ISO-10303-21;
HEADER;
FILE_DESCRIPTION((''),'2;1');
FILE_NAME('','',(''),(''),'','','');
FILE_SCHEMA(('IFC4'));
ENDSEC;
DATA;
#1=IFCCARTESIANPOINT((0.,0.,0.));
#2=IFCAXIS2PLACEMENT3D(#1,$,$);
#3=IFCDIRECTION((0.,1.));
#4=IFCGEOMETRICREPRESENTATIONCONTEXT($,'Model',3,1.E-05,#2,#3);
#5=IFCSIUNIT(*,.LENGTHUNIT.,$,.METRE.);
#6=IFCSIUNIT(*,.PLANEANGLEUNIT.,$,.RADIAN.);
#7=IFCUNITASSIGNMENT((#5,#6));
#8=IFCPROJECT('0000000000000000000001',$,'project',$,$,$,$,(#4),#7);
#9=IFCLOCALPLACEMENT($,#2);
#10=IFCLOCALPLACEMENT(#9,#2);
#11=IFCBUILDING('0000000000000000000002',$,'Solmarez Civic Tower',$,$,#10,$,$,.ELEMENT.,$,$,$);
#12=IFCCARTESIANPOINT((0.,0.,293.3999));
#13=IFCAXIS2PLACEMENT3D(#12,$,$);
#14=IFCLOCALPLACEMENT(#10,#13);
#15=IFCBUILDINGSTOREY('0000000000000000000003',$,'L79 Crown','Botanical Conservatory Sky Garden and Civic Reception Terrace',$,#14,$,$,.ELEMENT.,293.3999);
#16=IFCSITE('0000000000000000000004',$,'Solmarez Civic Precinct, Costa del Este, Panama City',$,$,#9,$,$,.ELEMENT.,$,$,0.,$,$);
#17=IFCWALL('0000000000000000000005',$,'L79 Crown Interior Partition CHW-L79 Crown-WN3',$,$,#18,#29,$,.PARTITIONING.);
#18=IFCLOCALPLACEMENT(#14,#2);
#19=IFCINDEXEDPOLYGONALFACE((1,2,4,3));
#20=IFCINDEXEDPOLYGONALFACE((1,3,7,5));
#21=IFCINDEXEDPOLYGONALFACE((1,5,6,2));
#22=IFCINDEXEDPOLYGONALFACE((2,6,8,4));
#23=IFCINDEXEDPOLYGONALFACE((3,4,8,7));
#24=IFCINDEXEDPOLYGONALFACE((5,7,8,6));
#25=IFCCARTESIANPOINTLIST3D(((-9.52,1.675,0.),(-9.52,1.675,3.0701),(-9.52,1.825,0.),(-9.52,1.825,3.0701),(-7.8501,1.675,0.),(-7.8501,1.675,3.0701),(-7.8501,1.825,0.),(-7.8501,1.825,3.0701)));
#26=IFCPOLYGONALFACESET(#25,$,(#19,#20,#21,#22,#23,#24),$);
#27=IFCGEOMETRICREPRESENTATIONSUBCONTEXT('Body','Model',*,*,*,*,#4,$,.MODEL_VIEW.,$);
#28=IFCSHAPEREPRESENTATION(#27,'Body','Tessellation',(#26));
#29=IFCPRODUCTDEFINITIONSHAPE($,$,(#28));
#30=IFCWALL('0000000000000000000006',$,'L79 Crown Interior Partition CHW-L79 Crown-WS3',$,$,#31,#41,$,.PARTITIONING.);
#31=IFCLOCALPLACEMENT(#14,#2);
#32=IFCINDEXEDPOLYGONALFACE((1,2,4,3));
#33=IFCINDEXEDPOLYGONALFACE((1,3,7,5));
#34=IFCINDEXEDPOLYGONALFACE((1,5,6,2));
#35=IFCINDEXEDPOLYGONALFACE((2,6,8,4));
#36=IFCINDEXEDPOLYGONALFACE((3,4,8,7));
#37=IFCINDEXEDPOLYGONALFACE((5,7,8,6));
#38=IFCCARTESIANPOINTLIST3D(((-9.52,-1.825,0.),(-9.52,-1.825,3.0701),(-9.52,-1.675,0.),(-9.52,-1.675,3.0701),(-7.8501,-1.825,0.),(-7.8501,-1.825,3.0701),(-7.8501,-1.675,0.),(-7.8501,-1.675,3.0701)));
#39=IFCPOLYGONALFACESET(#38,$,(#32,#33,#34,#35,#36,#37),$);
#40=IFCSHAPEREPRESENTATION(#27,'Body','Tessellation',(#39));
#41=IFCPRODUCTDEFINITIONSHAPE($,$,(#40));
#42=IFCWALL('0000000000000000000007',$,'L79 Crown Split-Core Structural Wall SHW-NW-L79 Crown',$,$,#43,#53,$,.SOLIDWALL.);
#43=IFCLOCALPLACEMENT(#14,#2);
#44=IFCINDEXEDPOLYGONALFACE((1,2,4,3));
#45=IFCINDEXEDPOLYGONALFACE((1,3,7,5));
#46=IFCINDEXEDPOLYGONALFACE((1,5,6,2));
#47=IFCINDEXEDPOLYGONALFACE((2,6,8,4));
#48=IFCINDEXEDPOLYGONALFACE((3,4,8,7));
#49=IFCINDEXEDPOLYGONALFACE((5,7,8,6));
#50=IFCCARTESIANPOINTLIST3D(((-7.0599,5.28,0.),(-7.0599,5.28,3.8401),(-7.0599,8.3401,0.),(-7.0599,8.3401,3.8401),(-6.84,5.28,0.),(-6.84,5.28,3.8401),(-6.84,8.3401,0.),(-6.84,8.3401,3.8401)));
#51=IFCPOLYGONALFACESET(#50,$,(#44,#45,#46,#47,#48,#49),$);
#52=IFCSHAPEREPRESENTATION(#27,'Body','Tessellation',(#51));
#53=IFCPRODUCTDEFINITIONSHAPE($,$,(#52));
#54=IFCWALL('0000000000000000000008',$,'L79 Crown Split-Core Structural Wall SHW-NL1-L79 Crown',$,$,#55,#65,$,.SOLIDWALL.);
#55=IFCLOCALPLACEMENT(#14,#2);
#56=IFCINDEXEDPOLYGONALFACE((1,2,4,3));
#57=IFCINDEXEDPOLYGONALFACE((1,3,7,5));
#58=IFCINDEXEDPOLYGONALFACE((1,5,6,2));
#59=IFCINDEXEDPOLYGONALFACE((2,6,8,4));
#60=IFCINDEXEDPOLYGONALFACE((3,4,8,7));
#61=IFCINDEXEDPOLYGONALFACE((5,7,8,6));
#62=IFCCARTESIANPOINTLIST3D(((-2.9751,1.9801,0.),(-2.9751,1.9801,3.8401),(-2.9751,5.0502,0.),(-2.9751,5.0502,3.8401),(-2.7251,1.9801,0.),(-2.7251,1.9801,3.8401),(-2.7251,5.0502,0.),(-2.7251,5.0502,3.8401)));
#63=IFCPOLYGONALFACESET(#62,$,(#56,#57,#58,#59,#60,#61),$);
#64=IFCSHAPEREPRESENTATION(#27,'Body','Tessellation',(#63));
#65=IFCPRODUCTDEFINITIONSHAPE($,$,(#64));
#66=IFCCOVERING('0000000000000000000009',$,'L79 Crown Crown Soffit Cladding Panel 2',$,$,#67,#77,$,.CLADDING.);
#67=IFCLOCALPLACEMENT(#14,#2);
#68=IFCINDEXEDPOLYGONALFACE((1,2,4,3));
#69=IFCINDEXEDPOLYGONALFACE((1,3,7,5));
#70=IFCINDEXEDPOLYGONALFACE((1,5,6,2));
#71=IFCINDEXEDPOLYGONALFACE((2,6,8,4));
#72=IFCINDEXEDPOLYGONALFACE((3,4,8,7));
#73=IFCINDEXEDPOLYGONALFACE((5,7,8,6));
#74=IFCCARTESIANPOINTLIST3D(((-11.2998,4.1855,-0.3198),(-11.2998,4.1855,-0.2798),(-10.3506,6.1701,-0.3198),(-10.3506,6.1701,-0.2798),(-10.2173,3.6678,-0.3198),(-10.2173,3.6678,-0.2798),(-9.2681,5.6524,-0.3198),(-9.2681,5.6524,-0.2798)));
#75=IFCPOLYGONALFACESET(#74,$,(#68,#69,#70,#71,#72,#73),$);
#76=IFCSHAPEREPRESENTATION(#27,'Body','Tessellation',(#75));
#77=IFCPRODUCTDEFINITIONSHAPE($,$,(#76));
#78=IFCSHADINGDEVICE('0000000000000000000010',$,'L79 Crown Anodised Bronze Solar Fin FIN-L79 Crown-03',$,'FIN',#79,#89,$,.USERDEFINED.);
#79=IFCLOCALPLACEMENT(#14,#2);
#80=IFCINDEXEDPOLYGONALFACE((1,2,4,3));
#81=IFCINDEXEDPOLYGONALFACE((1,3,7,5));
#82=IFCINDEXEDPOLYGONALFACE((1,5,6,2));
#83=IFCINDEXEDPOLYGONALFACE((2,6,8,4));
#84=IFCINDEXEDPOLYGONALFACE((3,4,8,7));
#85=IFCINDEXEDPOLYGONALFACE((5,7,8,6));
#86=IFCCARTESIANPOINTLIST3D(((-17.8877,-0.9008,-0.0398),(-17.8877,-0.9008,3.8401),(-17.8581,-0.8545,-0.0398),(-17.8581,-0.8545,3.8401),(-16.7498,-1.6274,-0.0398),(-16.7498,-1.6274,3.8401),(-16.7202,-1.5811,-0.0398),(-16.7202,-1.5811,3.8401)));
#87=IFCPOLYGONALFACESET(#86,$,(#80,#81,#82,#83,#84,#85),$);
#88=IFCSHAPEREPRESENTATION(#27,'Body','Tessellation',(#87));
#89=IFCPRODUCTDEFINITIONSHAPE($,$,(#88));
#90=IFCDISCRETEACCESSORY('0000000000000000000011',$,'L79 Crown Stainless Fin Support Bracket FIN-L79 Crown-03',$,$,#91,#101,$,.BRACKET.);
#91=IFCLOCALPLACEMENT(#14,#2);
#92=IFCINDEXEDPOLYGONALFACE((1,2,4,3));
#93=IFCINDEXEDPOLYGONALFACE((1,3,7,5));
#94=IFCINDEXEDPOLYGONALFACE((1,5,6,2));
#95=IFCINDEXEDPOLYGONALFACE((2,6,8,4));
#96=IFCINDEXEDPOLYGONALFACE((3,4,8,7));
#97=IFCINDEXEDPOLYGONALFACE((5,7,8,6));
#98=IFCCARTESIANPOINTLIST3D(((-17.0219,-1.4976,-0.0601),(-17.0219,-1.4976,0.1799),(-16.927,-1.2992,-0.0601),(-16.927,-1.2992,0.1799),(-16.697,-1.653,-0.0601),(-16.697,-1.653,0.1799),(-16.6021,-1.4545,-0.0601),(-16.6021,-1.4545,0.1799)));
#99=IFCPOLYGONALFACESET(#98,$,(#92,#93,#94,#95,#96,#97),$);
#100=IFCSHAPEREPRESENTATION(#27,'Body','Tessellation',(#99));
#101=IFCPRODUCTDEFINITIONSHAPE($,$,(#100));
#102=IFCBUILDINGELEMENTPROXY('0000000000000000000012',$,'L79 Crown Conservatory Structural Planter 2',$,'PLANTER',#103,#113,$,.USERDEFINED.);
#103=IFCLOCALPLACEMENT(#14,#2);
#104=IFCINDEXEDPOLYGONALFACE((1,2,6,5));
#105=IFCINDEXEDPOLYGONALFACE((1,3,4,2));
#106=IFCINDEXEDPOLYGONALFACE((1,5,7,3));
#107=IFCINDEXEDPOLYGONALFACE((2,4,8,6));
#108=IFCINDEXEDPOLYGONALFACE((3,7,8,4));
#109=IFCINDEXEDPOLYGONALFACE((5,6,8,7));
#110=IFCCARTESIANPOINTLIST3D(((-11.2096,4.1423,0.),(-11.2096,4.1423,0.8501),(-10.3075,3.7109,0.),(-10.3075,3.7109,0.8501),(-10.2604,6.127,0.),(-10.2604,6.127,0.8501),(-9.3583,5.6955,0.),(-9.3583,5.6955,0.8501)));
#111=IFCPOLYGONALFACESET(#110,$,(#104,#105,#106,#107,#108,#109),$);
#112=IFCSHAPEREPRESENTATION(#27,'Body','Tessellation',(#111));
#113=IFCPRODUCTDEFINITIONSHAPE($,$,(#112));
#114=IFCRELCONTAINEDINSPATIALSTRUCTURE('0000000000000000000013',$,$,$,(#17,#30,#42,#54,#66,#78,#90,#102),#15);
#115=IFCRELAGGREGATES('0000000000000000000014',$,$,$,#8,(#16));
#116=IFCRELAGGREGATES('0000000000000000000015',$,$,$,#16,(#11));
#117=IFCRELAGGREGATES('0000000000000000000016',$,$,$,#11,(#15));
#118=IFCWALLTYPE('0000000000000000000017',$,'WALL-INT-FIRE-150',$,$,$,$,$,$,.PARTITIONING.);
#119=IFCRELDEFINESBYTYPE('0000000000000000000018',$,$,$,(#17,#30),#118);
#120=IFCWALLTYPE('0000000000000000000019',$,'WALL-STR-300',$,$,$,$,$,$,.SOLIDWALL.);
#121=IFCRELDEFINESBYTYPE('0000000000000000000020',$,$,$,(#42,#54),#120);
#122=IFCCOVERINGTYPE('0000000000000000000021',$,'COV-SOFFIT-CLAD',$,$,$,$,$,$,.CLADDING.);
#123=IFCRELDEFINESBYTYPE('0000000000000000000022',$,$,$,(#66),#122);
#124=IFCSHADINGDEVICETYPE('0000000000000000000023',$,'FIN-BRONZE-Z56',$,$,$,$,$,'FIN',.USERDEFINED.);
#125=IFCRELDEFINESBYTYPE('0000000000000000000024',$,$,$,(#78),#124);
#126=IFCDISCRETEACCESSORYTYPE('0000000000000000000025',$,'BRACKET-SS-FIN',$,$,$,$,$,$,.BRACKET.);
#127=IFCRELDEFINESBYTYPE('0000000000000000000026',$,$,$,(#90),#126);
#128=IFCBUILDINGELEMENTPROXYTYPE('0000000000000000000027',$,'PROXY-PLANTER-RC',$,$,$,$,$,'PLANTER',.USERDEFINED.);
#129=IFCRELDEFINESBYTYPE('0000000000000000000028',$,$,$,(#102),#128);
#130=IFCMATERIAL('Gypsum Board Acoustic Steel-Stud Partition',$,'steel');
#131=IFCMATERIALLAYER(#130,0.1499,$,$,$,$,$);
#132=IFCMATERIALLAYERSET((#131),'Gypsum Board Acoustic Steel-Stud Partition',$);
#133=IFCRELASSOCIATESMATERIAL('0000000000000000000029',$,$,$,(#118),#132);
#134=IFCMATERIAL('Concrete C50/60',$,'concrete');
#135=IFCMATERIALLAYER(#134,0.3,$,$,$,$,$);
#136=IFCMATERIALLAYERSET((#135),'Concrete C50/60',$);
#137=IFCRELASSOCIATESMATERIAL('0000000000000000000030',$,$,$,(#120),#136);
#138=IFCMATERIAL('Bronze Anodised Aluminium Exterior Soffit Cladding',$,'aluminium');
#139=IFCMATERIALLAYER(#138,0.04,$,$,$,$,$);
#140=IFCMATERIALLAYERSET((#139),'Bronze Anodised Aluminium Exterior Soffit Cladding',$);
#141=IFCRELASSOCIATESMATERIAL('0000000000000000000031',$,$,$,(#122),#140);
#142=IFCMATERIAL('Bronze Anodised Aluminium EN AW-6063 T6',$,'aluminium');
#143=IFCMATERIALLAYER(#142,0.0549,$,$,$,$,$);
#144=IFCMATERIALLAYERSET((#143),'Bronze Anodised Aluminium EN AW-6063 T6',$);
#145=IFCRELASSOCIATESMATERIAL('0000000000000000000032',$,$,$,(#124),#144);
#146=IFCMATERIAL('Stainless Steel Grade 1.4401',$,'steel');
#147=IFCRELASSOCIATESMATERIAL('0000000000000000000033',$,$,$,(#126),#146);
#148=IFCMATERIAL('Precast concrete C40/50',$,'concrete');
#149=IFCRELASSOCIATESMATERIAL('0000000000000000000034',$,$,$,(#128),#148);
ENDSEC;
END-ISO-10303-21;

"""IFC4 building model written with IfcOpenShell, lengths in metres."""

from ifc_helpers import new_model, si_unit, direction, frame, frame_2d, origin, origin_2d, place, context, subcontext, project, spatial, rectangle, extrude, material, layer, layer_set, type_object, element, save


model = new_model("IFC4")

# Units and contexts
model_context = context("Model", 3, precision=1e-05, world=origin(), true_north=direction((0.0, 1.0)))
body_context = subcontext(model_context, "Body", "Model", "MODEL_VIEW")
ifc_project = project(units=[si_unit("LENGTHUNIT", "METRE"), si_unit("PLANEANGLEUNIT", "RADIAN")], contexts=[model_context])

# Site, building, storey
site_placement = place(None, origin())
site = spatial("IfcSite", under=ifc_project, at=site_placement, Name="Solmarez Civic Precinct, Costa del Este, Panama City", CompositionType="ELEMENT", RefElevation=0.0)
building_placement = place(site_placement, origin())
building = spatial("IfcBuilding", under=site, at=building_placement, Name="Solmarez Civic Tower", CompositionType="ELEMENT")
storey_placement = place(building_placement, frame((0.0, 0.0, 293.3999)))
storey = spatial("IfcBuildingStorey", under=building, at=storey_placement, Name="L79 Crown", Description="Botanical Conservatory Sky Garden and Civic Reception Terrace", CompositionType="ELEMENT", Elevation=293.3999)

# Shared definitions
ifc_material_1 = material(Name="Concrete C50/60", Category="concrete")

# Shared definitions
ifc_material_2 = material(Name="Precast concrete C40/50", Category="concrete")

# Walls
ifc_material_3 = material(Name="Gypsum Board Acoustic Steel-Stud Partition", Category="steel")
ifc_layer_1 = layer(ifc_material_3, 0.1499)
ifc_layer_set_1 = layer_set([ifc_layer_1], Name="Gypsum Board Acoustic Steel-Stud Partition")
wall_type_1 = type_object("IfcWallType", Name="WALL-INT-FIRE-150", PredefinedType="PARTITIONING", material=ifc_layer_set_1)
for number, where, z_axis, x_axis, name in (
    (1, (-7.8501, 1.75, 0.0), (0.0, 0.0, 1.0), (-1.0, 0.0, 0.0), "L79 Crown Interior Partition CHW-L79 Crown-WN3"),
    (2, (-7.8501, -1.75, 0.0), (0.0, 0.0, 1.0), (-1.0, 0.0, 0.0), "L79 Crown Interior Partition CHW-L79 Crown-WS3"),
):
    element("IfcWall", number, at=place(storey_placement, frame(where, z_axis=z_axis, x_axis=x_axis)), inside=storey, type_object=wall_type_1, Name=name, PredefinedType="PARTITIONING", context=body_context, shape_type="SweptSolid", body=[
        extrude(rectangle(XDim=1.6699, YDim=0.1499, at=frame_2d((0.835, 0.0))), origin(), (0.0, 0.0, 1.0), 3.0701),
    ])
ifc_layer_2 = layer(ifc_material_1, 0.3)
ifc_layer_set_2 = layer_set([ifc_layer_2], Name="Concrete C50/60")
wall_type_2 = type_object("IfcWallType", Name="WALL-STR-300", PredefinedType="SOLIDWALL", material=ifc_layer_set_2)
wall_1_placement = place(storey_placement, frame((-6.95, 5.28, 0.0), z_axis=(0.0, 0.0, 1.0), x_axis=(0.0, 1.0, 0.0)))
element("IfcWall", 3, at=wall_1_placement, inside=storey, type_object=wall_type_2, Name="L79 Crown Split-Core Structural Wall SHW-NW-L79 Crown", PredefinedType="SOLIDWALL", context=body_context, shape_type="SweptSolid", body=[
    extrude(rectangle(XDim=3.0601, YDim=0.22, at=frame_2d((1.53, 0.0))), origin(), (0.0, 0.0, 1.0), 3.8401),
])
wall_2_placement = place(storey_placement, frame((-2.8501, 1.98, 0.0), z_axis=(0.0, 0.0, 1.0), x_axis=(0.0, 1.0, 0.0)))
element("IfcWall", 4, at=wall_2_placement, inside=storey, type_object=wall_type_2, Name="L79 Crown Split-Core Structural Wall SHW-NL1-L79 Crown", PredefinedType="SOLIDWALL", context=body_context, shape_type="SweptSolid", body=[
    extrude(rectangle(XDim=3.0701, YDim=0.25, at=frame_2d((1.5352, 0.0))), origin(), (0.0, 0.0, 1.0), 3.8401),
])

# Covering
ifc_material_4 = material(Name="Bronze Anodised Aluminium Exterior Soffit Cladding", Category="aluminium")
ifc_layer_3 = layer(ifc_material_4, 0.04)
ifc_layer_set_3 = layer_set([ifc_layer_3], Name="Bronze Anodised Aluminium Exterior Soffit Cladding")
covering_type = type_object("IfcCoveringType", Name="COV-SOFFIT-CLAD", PredefinedType="CLADDING", material=ifc_layer_set_3)
covering_placement = place(storey_placement, frame((-10.2839, 4.9189, -0.3198), z_axis=(0.0, 0.0, 1.0), x_axis=(0.431456, 0.902134, 0.0)))
element("IfcCovering", 5, at=covering_placement, inside=storey, type_object=covering_type, Name="L79 Crown Crown Soffit Cladding Panel 2", PredefinedType="CLADDING", context=body_context, shape_type="SweptSolid", body=[
    extrude(rectangle(XDim=2.2, YDim=1.2, at=origin_2d()), origin(), (0.0, 0.0, 1.0), 0.04),
])

# Shading device
ifc_material_5 = material(Name="Bronze Anodised Aluminium EN AW-6063 T6", Category="aluminium")
ifc_layer_4 = layer(ifc_material_5, 0.0549)
ifc_layer_set_4 = layer_set([ifc_layer_4], Name="Bronze Anodised Aluminium EN AW-6063 T6")
shading_device_type = type_object("IfcShadingDeviceType", Name="FIN-BRONZE-Z56", ElementType="FIN", PredefinedType="USERDEFINED", material=ifc_layer_set_4)
shading_device_placement = place(storey_placement, frame((-17.304, -1.241, -0.0398), z_axis=(0.0, 0.0, 1.0), x_axis=(-0.842857, 0.538138, 0.0)))
element("IfcShadingDevice", 6, at=shading_device_placement, inside=storey, type_object=shading_device_type, Name="L79 Crown Anodised Bronze Solar Fin FIN-L79 Crown-03", ObjectType="FIN", PredefinedType="USERDEFINED", context=body_context, shape_type="SweptSolid", body=[
    extrude(rectangle(XDim=1.3501, YDim=0.0549, at=origin_2d()), origin(), (0.0, 0.0, 1.0), 3.8799),
])

# Discrete accessory
ifc_material_6 = material(Name="Stainless Steel Grade 1.4401", Category="steel")
discrete_accessory_type = type_object("IfcDiscreteAccessoryType", Name="BRACKET-SS-FIN", PredefinedType="BRACKET", material=ifc_material_6)
discrete_accessory_placement = place(storey_placement, frame((-16.812, -1.4761, -0.0601), z_axis=(0.0, 0.0, 1.0), x_axis=(-0.902154, 0.431414, 0.0)))
element("IfcDiscreteAccessory", 7, at=discrete_accessory_placement, inside=storey, type_object=discrete_accessory_type, Name="L79 Crown Stainless Fin Support Bracket FIN-L79 Crown-03", PredefinedType="BRACKET", context=body_context, shape_type="SweptSolid", body=[
    extrude(rectangle(XDim=0.3601, YDim=0.22, at=origin_2d()), origin(), (0.0, 0.0, 1.0), 0.24),
])

# Building element proxy
building_element_proxy_type = type_object("IfcBuildingElementProxyType", Name="PROXY-PLANTER-RC", ElementType="PLANTER", PredefinedType="USERDEFINED", material=ifc_material_2)
proxy_placement = place(storey_placement, frame((-10.2839, 4.9189, 0.0), z_axis=(0.0, 0.0, 1.0), x_axis=(0.431456, 0.902134, 0.0)))
element("IfcBuildingElementProxy", 8, at=proxy_placement, inside=storey, type_object=building_element_proxy_type, Name="L79 Crown Conservatory Structural Planter 2", ObjectType="PLANTER", PredefinedType="USERDEFINED", context=body_context, shape_type="SweptSolid", body=[
    extrude(rectangle(XDim=2.2, YDim=1.0, at=origin_2d()), origin(), (0.0, 0.0, 1.0), 0.8501),
])

save(model, "model.ifc")
